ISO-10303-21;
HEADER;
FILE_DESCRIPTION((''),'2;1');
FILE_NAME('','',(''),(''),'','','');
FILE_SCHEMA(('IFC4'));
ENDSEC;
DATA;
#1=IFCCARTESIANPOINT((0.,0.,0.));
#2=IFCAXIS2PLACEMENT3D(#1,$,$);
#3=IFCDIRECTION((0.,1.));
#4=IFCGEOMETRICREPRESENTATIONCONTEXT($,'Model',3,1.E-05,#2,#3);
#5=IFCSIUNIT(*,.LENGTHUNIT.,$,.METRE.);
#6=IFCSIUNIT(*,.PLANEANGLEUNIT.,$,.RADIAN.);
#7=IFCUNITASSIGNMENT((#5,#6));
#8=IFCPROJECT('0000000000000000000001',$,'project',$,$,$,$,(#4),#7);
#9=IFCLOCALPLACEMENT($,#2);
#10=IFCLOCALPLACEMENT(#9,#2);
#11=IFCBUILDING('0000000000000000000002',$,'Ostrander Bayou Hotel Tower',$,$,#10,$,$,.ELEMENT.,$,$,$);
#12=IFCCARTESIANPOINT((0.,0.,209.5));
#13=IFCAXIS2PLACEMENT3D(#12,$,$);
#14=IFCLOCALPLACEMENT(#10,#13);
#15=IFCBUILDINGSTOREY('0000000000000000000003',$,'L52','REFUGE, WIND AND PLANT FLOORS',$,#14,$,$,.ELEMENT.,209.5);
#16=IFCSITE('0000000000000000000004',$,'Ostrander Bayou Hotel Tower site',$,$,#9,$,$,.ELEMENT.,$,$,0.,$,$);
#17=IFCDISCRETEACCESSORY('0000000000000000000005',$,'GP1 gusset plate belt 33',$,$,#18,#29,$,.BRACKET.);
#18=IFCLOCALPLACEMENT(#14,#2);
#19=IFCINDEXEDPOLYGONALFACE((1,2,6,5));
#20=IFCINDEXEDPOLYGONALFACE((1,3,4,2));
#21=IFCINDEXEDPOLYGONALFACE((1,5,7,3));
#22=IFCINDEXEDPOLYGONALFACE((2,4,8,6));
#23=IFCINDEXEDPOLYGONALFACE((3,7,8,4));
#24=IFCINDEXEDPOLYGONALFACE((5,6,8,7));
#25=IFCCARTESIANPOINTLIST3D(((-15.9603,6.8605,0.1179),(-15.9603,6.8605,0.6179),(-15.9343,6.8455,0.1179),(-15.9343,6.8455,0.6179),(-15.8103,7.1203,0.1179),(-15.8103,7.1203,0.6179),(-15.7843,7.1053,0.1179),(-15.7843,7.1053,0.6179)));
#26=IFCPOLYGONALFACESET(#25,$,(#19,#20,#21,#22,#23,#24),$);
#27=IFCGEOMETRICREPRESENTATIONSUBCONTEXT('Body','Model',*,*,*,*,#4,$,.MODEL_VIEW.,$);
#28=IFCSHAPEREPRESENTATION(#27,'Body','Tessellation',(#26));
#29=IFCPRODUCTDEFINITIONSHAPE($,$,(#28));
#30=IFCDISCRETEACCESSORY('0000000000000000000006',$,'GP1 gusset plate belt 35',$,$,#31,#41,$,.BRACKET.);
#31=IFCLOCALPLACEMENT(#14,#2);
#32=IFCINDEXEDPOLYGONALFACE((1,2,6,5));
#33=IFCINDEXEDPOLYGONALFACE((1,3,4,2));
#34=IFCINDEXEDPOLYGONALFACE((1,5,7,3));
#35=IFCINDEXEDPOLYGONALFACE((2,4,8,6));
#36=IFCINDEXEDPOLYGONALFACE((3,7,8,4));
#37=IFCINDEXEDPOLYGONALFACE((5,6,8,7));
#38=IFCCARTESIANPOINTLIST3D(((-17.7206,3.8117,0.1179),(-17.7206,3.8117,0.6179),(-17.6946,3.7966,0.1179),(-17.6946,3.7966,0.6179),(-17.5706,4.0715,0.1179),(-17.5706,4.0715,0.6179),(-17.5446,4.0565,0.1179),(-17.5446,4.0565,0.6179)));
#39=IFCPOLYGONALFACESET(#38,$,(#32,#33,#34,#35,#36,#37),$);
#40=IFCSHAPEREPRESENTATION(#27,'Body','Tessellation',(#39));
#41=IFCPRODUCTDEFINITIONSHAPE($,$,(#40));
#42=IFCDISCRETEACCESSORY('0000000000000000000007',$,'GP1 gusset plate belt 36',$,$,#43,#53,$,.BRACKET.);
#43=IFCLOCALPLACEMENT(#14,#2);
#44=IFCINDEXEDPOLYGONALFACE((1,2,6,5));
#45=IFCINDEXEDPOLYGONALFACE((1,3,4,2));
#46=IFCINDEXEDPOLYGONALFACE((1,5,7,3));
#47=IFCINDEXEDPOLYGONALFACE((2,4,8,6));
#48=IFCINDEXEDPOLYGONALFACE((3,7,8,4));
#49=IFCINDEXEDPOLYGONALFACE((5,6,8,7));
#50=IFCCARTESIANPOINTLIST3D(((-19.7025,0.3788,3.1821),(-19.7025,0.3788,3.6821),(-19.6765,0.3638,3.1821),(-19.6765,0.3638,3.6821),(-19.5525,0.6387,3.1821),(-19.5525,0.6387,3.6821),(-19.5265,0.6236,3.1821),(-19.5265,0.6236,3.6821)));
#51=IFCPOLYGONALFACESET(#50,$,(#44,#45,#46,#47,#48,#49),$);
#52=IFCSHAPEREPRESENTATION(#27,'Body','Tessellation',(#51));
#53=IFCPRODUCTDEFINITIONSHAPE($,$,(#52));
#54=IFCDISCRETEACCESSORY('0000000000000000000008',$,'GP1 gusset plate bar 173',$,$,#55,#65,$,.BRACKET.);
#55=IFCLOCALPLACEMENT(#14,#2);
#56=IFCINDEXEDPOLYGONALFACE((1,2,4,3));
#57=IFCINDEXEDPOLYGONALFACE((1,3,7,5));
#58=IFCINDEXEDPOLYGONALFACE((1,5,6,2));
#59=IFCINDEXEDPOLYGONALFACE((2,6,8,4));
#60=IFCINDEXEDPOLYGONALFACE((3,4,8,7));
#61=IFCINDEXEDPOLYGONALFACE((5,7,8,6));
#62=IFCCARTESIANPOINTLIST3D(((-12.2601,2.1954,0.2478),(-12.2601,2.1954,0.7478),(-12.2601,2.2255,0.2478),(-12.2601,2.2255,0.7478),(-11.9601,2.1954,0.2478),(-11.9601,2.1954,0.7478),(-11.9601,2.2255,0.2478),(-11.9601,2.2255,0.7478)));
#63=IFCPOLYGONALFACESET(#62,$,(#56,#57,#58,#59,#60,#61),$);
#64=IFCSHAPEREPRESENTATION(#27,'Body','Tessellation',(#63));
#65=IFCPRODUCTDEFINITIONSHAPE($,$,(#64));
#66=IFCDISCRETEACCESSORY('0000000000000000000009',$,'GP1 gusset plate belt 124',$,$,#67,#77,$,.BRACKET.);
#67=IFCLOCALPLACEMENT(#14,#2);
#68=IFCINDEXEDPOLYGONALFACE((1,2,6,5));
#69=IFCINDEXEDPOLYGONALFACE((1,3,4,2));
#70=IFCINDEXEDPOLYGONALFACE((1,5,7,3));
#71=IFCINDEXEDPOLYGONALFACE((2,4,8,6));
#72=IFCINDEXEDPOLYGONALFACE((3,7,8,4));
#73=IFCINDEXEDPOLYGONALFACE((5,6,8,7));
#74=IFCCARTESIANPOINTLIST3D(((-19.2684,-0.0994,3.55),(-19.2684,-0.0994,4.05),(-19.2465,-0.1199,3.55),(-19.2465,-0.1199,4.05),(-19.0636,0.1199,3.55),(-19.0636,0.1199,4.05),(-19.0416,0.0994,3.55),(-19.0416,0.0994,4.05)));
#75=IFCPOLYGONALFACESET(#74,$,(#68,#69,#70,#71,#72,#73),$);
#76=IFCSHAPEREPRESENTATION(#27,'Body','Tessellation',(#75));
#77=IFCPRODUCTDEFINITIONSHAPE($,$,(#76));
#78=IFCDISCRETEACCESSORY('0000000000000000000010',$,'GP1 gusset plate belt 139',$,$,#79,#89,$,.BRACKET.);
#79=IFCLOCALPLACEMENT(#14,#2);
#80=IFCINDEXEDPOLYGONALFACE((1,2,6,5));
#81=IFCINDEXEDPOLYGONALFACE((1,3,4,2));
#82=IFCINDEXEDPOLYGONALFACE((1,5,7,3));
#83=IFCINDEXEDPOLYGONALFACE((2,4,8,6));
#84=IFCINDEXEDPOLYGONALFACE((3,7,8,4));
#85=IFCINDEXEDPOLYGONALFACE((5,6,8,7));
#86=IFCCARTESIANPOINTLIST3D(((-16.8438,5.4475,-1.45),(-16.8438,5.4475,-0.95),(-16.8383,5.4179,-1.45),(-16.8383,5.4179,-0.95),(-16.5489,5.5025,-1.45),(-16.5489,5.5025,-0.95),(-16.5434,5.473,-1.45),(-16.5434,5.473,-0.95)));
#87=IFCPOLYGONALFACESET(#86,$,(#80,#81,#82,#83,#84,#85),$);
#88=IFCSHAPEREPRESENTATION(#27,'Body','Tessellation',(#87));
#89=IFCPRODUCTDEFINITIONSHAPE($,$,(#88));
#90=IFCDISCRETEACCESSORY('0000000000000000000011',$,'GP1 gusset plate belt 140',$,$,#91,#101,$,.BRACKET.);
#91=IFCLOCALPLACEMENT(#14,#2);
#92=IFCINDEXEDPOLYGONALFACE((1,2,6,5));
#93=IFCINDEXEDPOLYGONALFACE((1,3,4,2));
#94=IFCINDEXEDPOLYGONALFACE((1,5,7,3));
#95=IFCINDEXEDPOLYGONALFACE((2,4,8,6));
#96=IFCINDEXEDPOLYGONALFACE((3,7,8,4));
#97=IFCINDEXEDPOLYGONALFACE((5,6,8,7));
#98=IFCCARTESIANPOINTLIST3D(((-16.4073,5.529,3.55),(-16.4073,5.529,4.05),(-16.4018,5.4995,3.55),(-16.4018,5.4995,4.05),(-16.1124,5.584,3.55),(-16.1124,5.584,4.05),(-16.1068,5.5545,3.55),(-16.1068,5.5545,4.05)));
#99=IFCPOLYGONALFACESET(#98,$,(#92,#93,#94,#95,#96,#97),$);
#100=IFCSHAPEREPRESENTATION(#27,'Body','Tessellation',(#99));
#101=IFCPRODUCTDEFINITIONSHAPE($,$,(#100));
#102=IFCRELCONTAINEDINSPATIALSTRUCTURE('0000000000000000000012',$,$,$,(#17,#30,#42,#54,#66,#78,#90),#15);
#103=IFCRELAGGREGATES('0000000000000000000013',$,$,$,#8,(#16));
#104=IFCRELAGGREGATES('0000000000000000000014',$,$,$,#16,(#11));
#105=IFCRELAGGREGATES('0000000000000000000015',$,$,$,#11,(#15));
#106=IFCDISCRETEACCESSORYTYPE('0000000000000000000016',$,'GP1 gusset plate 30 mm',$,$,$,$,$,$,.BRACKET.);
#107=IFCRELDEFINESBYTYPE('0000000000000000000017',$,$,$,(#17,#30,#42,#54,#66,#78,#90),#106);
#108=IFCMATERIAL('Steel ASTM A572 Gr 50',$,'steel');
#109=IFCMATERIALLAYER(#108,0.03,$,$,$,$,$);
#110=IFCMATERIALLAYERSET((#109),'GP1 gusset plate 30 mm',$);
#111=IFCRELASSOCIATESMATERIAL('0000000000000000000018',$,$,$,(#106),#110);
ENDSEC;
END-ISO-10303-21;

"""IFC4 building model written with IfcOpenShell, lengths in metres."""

from ifc_helpers import new_model, si_unit, direction, frame, origin, origin_2d, place, context, subcontext, project, spatial, rectangle, extrude, material, layer, layer_set, type_object, element, save


model = new_model("IFC4")

# Units and contexts
model_context = context("Model", 3, precision=1e-05, world=origin(), true_north=direction((0.0, 1.0)))
body_context = subcontext(model_context, "Body", "Model", "MODEL_VIEW")
ifc_project = project(units=[si_unit("LENGTHUNIT", "METRE"), si_unit("PLANEANGLEUNIT", "RADIAN")], contexts=[model_context])

# Site, building, storey
site_placement = place(None, origin())
site = spatial("IfcSite", under=ifc_project, at=site_placement, Name="Ostrander Bayou Hotel Tower site", CompositionType="ELEMENT", RefElevation=0.0)
building_placement = place(site_placement, origin())
building = spatial("IfcBuilding", under=site, at=building_placement, Name="Ostrander Bayou Hotel Tower", CompositionType="ELEMENT")
storey_placement = place(building_placement, frame((0.0, 0.0, 209.5)))
storey = spatial("IfcBuildingStorey", under=building, at=storey_placement, Name="L52", Description="REFUGE, WIND AND PLANT FLOORS", CompositionType="ELEMENT", Elevation=209.5)

# Discrete accessories
ifc_material_1 = material(Name="Steel ASTM A572 Gr 50", Category="steel")
ifc_layer_1 = layer(ifc_material_1, 0.03)
ifc_layer_set_1 = layer_set([ifc_layer_1], Name="GP1 gusset plate 30 mm")
discrete_accessory_type = type_object("IfcDiscreteAccessoryType", Name="GP1 gusset plate 30 mm", PredefinedType="BRACKET", material=ifc_layer_set_1)
for number, where, z_axis, x_axis, name in (
    (1, (-15.8723, 6.9829, 0.1179), (0.0, 0.0, 1.0), (0.500015, 0.866017, 0.0), "GP1 gusset plate belt 33"),
    (2, (-17.6326, 3.9341, 0.1179), (0.0, 0.0, 1.0), (-0.5, -0.866025, 0.0), "GP1 gusset plate belt 35"),
    (3, (-19.6145, 0.5012, 3.1821), (0.0, 0.0, 1.0), (-0.5, -0.866025, 0.0), "GP1 gusset plate belt 36"),
    (4, (-12.1101, 2.2104, 0.2478), (0.0, 0.0, 1.0), (1.0, 0.0, 0.0), "GP1 gusset plate bar 173"),
    (5, (-19.155, 0.0, 3.55), (0.0, 0.0, 1.0), (0.682662, 0.730734, 0.0), "GP1 gusset plate belt 124"),
    (6, (-16.6936, 5.4602, -1.45), (0.0, 0.0, 1.0), (0.983044, 0.183368, 0.0), "GP1 gusset plate belt 139"),
    (7, (-16.2571, 5.5417, 3.55), (0.0, 0.0, 1.0), (0.983044, 0.183368, 0.0), "GP1 gusset plate belt 140"),
):
    element("IfcDiscreteAccessory", number, at=place(storey_placement, frame(where, z_axis=z_axis, x_axis=x_axis)), inside=storey, type_object=discrete_accessory_type, Name=name, PredefinedType="BRACKET", context=body_context, shape_type="SweptSolid", body=[
        extrude(rectangle(XDim=0.3, YDim=0.03, at=origin_2d()), origin(), (0.0, 0.0, 1.0), 0.5),
    ])

save(model, "model.ifc")
